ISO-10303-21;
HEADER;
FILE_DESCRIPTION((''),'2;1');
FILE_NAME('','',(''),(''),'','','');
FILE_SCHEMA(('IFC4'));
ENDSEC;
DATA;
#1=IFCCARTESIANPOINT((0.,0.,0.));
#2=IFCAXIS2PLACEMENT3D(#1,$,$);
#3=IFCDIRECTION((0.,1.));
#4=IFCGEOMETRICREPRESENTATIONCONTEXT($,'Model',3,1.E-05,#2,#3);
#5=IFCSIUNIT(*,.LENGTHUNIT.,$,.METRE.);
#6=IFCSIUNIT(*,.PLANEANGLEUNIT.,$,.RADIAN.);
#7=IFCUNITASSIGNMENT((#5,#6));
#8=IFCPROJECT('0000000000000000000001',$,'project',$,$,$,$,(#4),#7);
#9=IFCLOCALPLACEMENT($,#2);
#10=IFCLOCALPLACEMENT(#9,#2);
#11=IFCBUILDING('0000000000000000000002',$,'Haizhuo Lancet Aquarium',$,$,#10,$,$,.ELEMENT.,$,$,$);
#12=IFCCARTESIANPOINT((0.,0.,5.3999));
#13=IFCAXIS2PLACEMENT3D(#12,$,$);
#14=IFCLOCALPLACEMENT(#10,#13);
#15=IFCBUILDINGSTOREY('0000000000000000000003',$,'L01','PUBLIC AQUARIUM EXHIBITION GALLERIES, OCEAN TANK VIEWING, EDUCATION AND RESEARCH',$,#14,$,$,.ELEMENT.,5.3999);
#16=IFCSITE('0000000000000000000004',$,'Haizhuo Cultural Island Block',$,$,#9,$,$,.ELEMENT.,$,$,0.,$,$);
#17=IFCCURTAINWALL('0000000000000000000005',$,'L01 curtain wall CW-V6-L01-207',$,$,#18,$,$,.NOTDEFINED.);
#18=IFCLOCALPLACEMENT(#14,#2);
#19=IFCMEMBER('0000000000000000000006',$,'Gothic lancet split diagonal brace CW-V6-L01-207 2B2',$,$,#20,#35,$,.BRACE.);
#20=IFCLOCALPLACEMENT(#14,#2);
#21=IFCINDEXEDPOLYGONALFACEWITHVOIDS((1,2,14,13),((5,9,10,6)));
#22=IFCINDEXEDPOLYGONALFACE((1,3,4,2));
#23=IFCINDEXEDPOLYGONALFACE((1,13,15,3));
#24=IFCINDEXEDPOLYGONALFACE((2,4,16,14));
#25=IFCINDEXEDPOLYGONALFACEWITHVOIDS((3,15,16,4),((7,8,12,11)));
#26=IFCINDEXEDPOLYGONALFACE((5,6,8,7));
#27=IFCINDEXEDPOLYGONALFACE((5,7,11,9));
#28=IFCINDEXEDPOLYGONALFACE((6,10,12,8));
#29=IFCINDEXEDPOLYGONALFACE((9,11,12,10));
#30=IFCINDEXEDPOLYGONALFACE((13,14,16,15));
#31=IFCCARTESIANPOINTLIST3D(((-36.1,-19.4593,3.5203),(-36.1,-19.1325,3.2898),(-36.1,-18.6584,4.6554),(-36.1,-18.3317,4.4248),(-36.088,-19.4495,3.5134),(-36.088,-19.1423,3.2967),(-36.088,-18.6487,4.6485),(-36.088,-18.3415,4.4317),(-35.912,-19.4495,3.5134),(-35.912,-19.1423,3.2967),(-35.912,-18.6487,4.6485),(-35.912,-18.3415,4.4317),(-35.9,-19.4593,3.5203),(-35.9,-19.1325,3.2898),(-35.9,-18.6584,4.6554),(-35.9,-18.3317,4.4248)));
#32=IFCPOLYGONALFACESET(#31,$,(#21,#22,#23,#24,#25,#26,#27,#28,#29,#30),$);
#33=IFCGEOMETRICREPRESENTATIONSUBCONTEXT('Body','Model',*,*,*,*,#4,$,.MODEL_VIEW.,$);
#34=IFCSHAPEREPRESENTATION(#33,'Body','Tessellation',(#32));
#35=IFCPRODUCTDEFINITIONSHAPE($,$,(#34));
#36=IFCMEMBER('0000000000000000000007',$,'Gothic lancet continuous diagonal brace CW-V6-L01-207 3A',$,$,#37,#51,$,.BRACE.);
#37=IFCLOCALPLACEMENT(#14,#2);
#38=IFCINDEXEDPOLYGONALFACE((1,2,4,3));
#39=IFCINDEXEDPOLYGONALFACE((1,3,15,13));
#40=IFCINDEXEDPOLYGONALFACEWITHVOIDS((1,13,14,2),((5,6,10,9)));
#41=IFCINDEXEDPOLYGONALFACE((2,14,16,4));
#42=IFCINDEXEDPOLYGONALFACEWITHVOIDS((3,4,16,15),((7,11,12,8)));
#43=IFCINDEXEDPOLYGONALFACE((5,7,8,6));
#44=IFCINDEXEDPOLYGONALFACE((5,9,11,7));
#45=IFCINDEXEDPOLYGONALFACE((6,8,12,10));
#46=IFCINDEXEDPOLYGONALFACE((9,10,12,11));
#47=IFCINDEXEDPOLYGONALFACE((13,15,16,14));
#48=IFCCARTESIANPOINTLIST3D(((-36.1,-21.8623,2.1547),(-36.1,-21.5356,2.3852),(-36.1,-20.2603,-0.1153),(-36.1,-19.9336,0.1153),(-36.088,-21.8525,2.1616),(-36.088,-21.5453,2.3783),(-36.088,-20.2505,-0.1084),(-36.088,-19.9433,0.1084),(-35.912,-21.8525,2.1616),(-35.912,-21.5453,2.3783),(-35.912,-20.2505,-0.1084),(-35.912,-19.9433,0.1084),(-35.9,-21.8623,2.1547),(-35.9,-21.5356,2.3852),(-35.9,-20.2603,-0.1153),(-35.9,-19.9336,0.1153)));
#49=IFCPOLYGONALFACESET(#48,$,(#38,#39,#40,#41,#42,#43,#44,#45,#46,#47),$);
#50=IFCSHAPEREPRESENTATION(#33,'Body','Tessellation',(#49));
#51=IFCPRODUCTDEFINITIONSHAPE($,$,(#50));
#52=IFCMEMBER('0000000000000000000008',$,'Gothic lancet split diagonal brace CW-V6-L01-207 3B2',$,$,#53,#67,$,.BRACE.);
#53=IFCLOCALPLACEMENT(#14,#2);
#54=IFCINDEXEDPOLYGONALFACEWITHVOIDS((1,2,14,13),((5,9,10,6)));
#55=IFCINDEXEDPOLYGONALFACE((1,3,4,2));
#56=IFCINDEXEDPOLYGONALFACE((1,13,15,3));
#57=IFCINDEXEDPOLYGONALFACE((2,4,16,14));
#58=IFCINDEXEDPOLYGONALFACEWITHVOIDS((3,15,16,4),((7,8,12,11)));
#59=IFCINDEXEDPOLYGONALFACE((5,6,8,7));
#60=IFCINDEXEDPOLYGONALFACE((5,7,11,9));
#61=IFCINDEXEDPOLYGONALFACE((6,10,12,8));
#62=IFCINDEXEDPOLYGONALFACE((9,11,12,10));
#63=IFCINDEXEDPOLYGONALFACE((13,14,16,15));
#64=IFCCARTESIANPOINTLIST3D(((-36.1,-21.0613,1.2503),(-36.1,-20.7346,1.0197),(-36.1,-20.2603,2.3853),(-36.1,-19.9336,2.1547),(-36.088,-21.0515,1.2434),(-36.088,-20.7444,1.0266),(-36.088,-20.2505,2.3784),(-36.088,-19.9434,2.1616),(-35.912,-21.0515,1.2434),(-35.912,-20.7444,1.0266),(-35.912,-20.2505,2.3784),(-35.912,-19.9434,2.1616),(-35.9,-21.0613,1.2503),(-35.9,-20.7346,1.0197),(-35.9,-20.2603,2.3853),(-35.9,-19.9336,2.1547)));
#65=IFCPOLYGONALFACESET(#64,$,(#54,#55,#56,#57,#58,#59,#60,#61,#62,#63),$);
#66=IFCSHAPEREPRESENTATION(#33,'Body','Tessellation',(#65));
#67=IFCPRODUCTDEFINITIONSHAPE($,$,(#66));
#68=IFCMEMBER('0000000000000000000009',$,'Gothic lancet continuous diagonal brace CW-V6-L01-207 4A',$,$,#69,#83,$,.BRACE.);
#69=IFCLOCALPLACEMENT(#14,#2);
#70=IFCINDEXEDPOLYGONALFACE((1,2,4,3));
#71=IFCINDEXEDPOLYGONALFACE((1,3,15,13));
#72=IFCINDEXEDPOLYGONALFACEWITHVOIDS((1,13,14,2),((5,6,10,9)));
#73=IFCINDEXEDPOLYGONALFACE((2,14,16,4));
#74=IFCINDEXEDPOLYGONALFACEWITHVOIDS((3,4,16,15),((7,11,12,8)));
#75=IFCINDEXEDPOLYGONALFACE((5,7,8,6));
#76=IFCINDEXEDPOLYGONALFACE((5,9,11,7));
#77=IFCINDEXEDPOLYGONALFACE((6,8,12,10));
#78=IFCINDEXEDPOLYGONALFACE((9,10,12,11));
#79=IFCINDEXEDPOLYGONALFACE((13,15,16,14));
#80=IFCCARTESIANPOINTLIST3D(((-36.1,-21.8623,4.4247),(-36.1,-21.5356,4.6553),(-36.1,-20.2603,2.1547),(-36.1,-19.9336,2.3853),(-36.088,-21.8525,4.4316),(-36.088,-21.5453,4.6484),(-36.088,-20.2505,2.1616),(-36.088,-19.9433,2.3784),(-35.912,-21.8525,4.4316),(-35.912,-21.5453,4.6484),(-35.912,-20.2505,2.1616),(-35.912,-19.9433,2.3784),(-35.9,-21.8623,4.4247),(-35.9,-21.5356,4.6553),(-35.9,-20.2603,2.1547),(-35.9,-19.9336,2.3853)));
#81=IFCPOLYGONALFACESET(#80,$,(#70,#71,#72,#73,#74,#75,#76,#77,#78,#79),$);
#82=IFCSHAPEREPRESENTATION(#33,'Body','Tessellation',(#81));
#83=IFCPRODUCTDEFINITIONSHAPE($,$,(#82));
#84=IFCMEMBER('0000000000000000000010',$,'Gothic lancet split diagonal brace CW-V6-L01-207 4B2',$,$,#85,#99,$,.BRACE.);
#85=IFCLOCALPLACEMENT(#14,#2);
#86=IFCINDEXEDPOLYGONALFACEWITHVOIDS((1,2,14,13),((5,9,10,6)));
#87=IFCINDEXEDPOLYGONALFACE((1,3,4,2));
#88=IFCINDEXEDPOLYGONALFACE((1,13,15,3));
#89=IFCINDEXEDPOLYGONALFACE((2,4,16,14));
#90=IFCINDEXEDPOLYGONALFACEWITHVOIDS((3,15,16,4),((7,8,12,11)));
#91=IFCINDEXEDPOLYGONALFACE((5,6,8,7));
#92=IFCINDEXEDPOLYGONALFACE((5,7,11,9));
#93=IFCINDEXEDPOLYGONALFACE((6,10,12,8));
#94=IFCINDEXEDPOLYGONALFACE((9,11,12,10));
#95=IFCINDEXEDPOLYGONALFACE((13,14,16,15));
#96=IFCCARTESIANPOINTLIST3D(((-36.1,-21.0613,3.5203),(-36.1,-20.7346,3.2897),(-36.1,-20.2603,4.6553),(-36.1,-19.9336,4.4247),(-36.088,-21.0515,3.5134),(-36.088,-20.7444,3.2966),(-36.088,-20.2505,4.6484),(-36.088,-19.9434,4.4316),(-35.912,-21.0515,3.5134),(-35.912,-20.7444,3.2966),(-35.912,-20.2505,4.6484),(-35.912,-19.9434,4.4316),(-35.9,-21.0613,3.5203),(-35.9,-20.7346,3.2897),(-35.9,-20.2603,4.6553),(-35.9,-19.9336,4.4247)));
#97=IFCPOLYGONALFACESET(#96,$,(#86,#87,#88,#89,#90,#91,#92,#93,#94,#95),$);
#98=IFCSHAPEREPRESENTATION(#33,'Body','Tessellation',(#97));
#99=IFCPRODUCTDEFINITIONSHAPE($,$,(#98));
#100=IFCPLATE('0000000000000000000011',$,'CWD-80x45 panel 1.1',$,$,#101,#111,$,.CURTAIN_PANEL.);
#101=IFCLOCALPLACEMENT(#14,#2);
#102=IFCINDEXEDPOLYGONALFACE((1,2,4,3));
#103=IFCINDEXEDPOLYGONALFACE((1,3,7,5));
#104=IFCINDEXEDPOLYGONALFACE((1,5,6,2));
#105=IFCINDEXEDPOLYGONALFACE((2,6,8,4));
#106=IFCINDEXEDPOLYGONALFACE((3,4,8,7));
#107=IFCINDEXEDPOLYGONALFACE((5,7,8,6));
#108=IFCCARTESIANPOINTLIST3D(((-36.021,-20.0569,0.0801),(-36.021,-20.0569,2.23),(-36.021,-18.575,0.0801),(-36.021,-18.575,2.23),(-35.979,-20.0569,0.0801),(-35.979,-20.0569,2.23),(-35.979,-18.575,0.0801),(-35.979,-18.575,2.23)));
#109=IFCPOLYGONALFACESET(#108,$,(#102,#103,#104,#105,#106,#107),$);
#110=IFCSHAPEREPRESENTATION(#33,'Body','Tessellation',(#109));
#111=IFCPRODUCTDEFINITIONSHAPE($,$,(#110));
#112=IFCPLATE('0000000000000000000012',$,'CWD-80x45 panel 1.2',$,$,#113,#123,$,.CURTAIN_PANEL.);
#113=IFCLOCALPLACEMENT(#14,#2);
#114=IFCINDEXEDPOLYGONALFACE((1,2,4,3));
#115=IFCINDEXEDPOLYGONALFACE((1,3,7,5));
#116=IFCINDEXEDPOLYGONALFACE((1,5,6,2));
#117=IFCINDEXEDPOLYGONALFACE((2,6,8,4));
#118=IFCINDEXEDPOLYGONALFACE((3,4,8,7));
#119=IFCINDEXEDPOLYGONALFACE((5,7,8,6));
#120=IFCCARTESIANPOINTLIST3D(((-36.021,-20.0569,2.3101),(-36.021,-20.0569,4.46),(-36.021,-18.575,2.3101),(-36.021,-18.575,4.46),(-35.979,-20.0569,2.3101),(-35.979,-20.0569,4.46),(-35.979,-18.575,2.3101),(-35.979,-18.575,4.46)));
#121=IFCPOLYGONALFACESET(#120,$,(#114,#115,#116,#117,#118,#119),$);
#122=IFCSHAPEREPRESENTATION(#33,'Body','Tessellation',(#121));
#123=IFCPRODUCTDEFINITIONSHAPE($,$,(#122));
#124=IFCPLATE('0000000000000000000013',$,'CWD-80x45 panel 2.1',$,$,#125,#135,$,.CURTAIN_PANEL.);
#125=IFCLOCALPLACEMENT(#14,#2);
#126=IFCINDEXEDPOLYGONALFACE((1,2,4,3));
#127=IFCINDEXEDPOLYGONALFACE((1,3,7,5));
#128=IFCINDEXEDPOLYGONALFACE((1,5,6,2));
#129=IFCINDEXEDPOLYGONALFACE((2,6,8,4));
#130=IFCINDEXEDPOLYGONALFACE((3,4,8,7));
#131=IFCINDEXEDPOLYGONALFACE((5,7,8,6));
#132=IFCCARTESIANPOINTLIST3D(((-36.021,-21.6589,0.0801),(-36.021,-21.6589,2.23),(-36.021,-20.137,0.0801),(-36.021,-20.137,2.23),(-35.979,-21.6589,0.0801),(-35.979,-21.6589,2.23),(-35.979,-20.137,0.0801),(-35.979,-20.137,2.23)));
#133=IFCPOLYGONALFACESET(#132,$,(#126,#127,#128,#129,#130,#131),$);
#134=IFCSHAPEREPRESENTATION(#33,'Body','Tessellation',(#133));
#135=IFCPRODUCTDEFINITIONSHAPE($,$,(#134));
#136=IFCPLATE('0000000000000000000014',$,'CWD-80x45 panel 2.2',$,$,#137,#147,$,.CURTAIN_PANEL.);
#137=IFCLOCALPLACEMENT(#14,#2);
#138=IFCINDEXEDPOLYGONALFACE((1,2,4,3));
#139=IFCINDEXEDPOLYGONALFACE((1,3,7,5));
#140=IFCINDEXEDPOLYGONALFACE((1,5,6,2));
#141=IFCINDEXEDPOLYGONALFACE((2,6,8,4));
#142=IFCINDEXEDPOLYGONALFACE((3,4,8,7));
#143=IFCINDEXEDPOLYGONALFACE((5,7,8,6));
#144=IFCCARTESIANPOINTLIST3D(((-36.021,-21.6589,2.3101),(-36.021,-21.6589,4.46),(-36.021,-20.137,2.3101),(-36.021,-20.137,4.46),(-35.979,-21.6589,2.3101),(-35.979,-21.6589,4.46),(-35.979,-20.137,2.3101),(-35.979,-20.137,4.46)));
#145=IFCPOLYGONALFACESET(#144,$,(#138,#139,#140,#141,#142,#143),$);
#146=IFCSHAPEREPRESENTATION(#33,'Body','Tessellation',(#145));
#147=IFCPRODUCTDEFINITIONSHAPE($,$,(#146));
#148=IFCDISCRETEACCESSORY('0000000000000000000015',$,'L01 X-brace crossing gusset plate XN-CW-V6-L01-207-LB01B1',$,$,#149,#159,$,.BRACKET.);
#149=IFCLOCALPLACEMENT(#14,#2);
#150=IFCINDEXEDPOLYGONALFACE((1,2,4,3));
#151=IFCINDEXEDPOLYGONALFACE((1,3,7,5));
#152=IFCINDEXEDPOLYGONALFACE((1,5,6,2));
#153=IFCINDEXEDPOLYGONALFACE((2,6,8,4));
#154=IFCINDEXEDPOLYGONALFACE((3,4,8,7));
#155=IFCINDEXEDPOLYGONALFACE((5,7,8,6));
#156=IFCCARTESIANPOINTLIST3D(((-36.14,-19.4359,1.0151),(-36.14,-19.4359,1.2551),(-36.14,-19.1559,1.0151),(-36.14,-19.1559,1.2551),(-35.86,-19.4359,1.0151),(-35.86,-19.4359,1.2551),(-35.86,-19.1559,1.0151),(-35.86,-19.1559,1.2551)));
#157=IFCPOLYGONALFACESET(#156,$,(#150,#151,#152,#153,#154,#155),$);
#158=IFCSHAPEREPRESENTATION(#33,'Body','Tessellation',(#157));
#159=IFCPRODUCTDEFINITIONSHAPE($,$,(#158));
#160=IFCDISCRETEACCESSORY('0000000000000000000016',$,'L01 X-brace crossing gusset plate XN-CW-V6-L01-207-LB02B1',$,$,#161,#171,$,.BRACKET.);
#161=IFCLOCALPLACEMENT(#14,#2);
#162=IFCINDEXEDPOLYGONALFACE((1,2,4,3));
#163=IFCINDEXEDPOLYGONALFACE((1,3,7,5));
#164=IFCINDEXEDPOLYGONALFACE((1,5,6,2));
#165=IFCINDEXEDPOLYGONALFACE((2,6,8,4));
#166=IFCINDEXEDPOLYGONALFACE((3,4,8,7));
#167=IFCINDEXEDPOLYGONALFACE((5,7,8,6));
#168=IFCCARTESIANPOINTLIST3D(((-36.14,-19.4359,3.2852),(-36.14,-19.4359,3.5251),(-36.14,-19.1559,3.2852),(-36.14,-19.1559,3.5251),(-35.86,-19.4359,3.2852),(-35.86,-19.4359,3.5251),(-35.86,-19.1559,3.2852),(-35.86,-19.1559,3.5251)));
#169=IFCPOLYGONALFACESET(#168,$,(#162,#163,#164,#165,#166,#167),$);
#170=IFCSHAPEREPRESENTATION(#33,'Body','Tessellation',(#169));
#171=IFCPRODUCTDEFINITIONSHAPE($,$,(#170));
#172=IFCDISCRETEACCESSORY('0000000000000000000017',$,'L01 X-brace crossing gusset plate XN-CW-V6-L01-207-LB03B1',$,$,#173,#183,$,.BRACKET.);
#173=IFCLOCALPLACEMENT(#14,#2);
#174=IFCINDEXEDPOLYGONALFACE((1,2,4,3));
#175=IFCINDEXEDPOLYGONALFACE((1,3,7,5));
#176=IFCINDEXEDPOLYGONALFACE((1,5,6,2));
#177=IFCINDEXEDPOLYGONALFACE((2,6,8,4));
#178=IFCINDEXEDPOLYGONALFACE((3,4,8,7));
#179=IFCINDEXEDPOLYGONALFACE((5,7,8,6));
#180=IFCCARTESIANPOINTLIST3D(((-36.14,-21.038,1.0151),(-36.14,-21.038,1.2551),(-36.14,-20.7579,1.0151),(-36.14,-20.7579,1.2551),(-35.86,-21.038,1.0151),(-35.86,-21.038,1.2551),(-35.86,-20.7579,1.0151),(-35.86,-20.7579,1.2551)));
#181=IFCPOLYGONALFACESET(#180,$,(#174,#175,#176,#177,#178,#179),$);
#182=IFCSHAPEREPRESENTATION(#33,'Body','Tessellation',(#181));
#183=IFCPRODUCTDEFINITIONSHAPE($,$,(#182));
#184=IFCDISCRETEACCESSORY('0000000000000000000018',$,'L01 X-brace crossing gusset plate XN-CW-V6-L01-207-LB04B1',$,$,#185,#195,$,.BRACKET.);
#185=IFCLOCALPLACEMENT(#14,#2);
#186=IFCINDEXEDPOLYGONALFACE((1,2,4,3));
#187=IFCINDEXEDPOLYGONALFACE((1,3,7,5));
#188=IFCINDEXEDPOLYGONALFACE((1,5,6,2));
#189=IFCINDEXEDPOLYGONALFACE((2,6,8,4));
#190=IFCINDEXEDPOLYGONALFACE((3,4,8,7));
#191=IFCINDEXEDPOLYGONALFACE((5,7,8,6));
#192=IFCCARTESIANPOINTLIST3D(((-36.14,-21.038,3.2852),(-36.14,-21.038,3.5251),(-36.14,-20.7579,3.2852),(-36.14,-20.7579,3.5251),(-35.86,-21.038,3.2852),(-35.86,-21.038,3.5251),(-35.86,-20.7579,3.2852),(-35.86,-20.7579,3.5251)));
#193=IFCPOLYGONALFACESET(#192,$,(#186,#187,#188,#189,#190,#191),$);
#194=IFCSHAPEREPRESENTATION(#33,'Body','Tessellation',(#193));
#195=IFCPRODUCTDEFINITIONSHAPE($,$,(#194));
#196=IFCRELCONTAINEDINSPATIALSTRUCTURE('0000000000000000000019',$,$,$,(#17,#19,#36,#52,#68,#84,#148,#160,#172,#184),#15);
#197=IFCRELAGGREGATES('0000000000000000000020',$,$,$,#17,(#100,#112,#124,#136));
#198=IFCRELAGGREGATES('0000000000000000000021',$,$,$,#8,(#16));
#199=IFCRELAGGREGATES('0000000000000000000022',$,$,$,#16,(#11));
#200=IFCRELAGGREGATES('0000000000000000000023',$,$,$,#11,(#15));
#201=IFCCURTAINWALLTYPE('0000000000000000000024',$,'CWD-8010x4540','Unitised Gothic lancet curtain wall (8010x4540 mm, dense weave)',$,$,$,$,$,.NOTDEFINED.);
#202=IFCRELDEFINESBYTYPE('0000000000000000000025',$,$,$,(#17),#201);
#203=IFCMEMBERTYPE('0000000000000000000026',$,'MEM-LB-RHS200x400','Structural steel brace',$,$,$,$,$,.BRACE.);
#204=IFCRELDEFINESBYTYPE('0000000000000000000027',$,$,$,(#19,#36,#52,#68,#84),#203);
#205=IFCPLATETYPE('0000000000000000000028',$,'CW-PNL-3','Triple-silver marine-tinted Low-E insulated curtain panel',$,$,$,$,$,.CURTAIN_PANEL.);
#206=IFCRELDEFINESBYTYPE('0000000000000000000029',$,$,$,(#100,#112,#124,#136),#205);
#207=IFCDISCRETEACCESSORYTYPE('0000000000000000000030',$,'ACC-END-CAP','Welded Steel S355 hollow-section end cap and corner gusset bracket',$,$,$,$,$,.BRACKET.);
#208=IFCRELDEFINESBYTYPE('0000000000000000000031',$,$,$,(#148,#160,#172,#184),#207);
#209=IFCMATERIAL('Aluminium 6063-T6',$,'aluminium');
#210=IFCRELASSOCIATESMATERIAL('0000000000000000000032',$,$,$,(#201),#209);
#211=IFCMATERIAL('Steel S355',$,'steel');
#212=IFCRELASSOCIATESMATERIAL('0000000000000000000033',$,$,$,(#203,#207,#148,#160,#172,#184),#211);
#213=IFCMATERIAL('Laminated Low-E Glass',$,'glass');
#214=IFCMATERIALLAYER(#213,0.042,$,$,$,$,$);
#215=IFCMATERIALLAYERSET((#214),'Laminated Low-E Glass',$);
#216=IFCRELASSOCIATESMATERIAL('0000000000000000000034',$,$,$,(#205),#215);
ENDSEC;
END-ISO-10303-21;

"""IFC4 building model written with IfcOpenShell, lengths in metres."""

from ifc_helpers import new_model, si_unit, direction, frame, origin, origin_2d, place, context, subcontext, project, spatial, rectangle, hollow_rectangle, extrude, material, layer, layer_set, material_profile, profile_set, type_object, element, aggregate, save


model = new_model("IFC4")

# Units and contexts
model_context = context("Model", 3, precision=1e-05, world=origin(), true_north=direction((0.0, 1.0)))
body_context = subcontext(model_context, "Body", "Model", "MODEL_VIEW")
ifc_project = project(units=[si_unit("LENGTHUNIT", "METRE"), si_unit("PLANEANGLEUNIT", "RADIAN")], contexts=[model_context])

# Site, building, storey
site_placement = place(None, origin())
site = spatial("IfcSite", under=ifc_project, at=site_placement, Name="Haizhuo Cultural Island Block", CompositionType="ELEMENT", RefElevation=0.0)
building_placement = place(site_placement, origin())
building = spatial("IfcBuilding", under=site, at=building_placement, Name="Haizhuo Lancet Aquarium", CompositionType="ELEMENT")
storey_placement = place(building_placement, frame((0.0, 0.0, 5.3999)))
storey = spatial("IfcBuildingStorey", under=building, at=storey_placement, Name="L01", Description="PUBLIC AQUARIUM EXHIBITION GALLERIES, OCEAN TANK VIEWING, EDUCATION AND RESEARCH", CompositionType="ELEMENT", Elevation=5.3999)

# Curtain wall
ifc_material_1 = material(Name="Aluminium 6063-T6", Category="aluminium")
curtain_wall_type = type_object("IfcCurtainWallType", Name="CWD-8010x4540", Description="Unitised Gothic lancet curtain wall (8010x4540 mm, dense weave)", PredefinedType="NOTDEFINED", material=ifc_material_1)
curtain_wall_placement = place(storey_placement, origin())
curtain_wall = element("IfcCurtainWall", 1, at=curtain_wall_placement, inside=storey, type_object=curtain_wall_type, Name="L01 curtain wall CW-V6-L01-207", PredefinedType="NOTDEFINED")

# Members
ifc_material_2 = material(Name="Steel S355", Category="steel")
ifc_material_profile_1 = material_profile(ifc_material_2, hollow_rectangle(XDim=0.2, YDim=0.3999, WallThickness=0.012, at=origin_2d()), Name="RHS 200x400x12")
ifc_profile_set_1 = profile_set([ifc_material_profile_1], Name="Steel S355")
member_type_1 = type_object("IfcMemberType", Name="MEM-LB-RHS200x400", Description="Structural steel brace", PredefinedType="BRACE", material=ifc_profile_set_1)
for number, where, z_axis, x_axis, name in (
    (2, (-36.0, -19.2959, 3.405), (0.0, 0.57649, 0.817104), (-1.0, 0.0, 0.0), "Gothic lancet split diagonal brace CW-V6-L01-207 2B2"),
):
    element("IfcMember", number, at=place(storey_placement, frame(where, z_axis=z_axis, x_axis=x_axis)), inside=storey, type_object=member_type_1, Name=name, PredefinedType="BRACE", context=body_context, shape_type="SweptSolid", body=[
        extrude(hollow_rectangle(XDim=0.2, YDim=0.3999, WallThickness=0.012, at=origin_2d()), origin(), (0.0, 0.0, 1.0), 1.3892),
    ])
member_1_placement = place(storey_placement, frame((-36.0, -20.0969, 0.0), z_axis=(0.0, -0.576607, 0.817021), x_axis=(1.0, 0.0, 0.0)))
element("IfcMember", 3, at=member_1_placement, inside=storey, type_object=member_type_1, Name="Gothic lancet continuous diagonal brace CW-V6-L01-207 3A", PredefinedType="BRACE", context=body_context, shape_type="SweptSolid", body=[
    extrude(hollow_rectangle(XDim=0.2, YDim=0.3999, WallThickness=0.012, at=origin_2d()), origin(), (0.0, 0.0, 1.0), 2.7783),
])
member_2_placement = place(storey_placement, frame((-36.0, -20.8979, 1.135), z_axis=(0.0, 0.576607, 0.817021), x_axis=(-1.0, 0.0, 0.0)))
element("IfcMember", 4, at=member_2_placement, inside=storey, type_object=member_type_1, Name="Gothic lancet split diagonal brace CW-V6-L01-207 3B2", PredefinedType="BRACE", context=body_context, shape_type="SweptSolid", body=[
    extrude(hollow_rectangle(XDim=0.2, YDim=0.3999, WallThickness=0.012, at=origin_2d()), origin(), (0.0, 0.0, 1.0), 1.3892),
])
member_3_placement = place(storey_placement, frame((-36.0, -20.0969, 2.27), z_axis=(0.0, -0.576607, 0.817021), x_axis=(1.0, 0.0, 0.0)))
element("IfcMember", 5, at=member_3_placement, inside=storey, type_object=member_type_1, Name="Gothic lancet continuous diagonal brace CW-V6-L01-207 4A", PredefinedType="BRACE", context=body_context, shape_type="SweptSolid", body=[
    extrude(hollow_rectangle(XDim=0.2, YDim=0.3999, WallThickness=0.012, at=origin_2d()), origin(), (0.0, 0.0, 1.0), 2.7783),
])
member_4_placement = place(storey_placement, frame((-36.0, -20.8979, 3.405), z_axis=(0.0, 0.576607, 0.817021), x_axis=(-1.0, 0.0, 0.0)))
element("IfcMember", 6, at=member_4_placement, inside=storey, type_object=member_type_1, Name="Gothic lancet split diagonal brace CW-V6-L01-207 4B2", PredefinedType="BRACE", context=body_context, shape_type="SweptSolid", body=[
    extrude(hollow_rectangle(XDim=0.2, YDim=0.3999, WallThickness=0.012, at=origin_2d()), origin(), (0.0, 0.0, 1.0), 1.3892),
])

# Plates
ifc_material_3 = material(Name="Laminated Low-E Glass", Category="glass")
ifc_layer = layer(ifc_material_3, 0.042)
ifc_layer_set = layer_set([ifc_layer], Name="Laminated Low-E Glass")
plate_type = type_object("IfcPlateType", Name="CW-PNL-3", Description="Triple-silver marine-tinted Low-E insulated curtain panel", PredefinedType="CURTAIN_PANEL", material=ifc_layer_set)
plate_1_placement = place(storey_placement, frame((-36.0, -19.3159, 0.0801), z_axis=(0.0, 0.0, 1.0), x_axis=(0.0, -1.0, 0.0)))
plate_1 = element("IfcPlate", 7, at=plate_1_placement, type_object=plate_type, Name="CWD-80x45 panel 1.1", PredefinedType="CURTAIN_PANEL", context=body_context, shape_type="SweptSolid", body=[
    extrude(rectangle(XDim=1.4819, YDim=0.042, at=origin_2d()), origin(), (0.0, 0.0, 1.0), 2.1499),
])
plate_2_placement = place(storey_placement, frame((-36.0, -19.3159, 2.3101), z_axis=(0.0, 0.0, 1.0), x_axis=(0.0, -1.0, 0.0)))
plate_2 = element("IfcPlate", 8, at=plate_2_placement, type_object=plate_type, Name="CWD-80x45 panel 1.2", PredefinedType="CURTAIN_PANEL", context=body_context, shape_type="SweptSolid", body=[
    extrude(rectangle(XDim=1.4819, YDim=0.042, at=origin_2d()), origin(), (0.0, 0.0, 1.0), 2.1499),
])
plate_3_placement = place(storey_placement, frame((-36.0, -20.8979, 0.0801), z_axis=(0.0, 0.0, 1.0), x_axis=(0.0, -1.0, 0.0)))
plate_3 = element("IfcPlate", 9, at=plate_3_placement, type_object=plate_type, Name="CWD-80x45 panel 2.1", PredefinedType="CURTAIN_PANEL", context=body_context, shape_type="SweptSolid", body=[
    extrude(rectangle(XDim=1.522, YDim=0.042, at=origin_2d()), origin(), (0.0, 0.0, 1.0), 2.1499),
])
plate_4_placement = place(storey_placement, frame((-36.0, -20.8979, 2.3101), z_axis=(0.0, 0.0, 1.0), x_axis=(0.0, -1.0, 0.0)))
plate_4 = element("IfcPlate", 10, at=plate_4_placement, type_object=plate_type, Name="CWD-80x45 panel 2.2", PredefinedType="CURTAIN_PANEL", context=body_context, shape_type="SweptSolid", body=[
    extrude(rectangle(XDim=1.522, YDim=0.042, at=origin_2d()), origin(), (0.0, 0.0, 1.0), 2.1499),
])
aggregate(curtain_wall, [plate_1, plate_2, plate_3, plate_4])

# Discrete accessories
discrete_accessory_type = type_object("IfcDiscreteAccessoryType", Name="ACC-END-CAP", Description="Welded Steel S355 hollow-section end cap and corner gusset bracket", PredefinedType="BRACKET", material=ifc_material_2)
for number, where, z_axis, x_axis, name in (
    (11, (-36.0, -19.2959, 1.0151), (0.0, 0.0, 1.0), (1.0, 0.0, 0.0), "L01 X-brace crossing gusset plate XN-CW-V6-L01-207-LB01B1"),
    (12, (-36.0, -19.2959, 3.2852), (0.0, 0.0, 1.0), (1.0, 0.0, 0.0), "L01 X-brace crossing gusset plate XN-CW-V6-L01-207-LB02B1"),
    (13, (-36.0, -20.8979, 1.0151), (0.0, 0.0, 1.0), (1.0, 0.0, 0.0), "L01 X-brace crossing gusset plate XN-CW-V6-L01-207-LB03B1"),
    (14, (-36.0, -20.8979, 3.2852), (0.0, 0.0, 1.0), (1.0, 0.0, 0.0), "L01 X-brace crossing gusset plate XN-CW-V6-L01-207-LB04B1"),
):
    element("IfcDiscreteAccessory", number, at=place(storey_placement, frame(where, z_axis=z_axis, x_axis=x_axis)), inside=storey, type_object=discrete_accessory_type, material=ifc_material_2, Name=name, PredefinedType="BRACKET", context=body_context, shape_type="SweptSolid", body=[
        extrude(rectangle(XDim=0.28, YDim=0.28, at=origin_2d()), origin(), (0.0, 0.0, 1.0), 0.24),
    ])

save(model, "model.ifc")
